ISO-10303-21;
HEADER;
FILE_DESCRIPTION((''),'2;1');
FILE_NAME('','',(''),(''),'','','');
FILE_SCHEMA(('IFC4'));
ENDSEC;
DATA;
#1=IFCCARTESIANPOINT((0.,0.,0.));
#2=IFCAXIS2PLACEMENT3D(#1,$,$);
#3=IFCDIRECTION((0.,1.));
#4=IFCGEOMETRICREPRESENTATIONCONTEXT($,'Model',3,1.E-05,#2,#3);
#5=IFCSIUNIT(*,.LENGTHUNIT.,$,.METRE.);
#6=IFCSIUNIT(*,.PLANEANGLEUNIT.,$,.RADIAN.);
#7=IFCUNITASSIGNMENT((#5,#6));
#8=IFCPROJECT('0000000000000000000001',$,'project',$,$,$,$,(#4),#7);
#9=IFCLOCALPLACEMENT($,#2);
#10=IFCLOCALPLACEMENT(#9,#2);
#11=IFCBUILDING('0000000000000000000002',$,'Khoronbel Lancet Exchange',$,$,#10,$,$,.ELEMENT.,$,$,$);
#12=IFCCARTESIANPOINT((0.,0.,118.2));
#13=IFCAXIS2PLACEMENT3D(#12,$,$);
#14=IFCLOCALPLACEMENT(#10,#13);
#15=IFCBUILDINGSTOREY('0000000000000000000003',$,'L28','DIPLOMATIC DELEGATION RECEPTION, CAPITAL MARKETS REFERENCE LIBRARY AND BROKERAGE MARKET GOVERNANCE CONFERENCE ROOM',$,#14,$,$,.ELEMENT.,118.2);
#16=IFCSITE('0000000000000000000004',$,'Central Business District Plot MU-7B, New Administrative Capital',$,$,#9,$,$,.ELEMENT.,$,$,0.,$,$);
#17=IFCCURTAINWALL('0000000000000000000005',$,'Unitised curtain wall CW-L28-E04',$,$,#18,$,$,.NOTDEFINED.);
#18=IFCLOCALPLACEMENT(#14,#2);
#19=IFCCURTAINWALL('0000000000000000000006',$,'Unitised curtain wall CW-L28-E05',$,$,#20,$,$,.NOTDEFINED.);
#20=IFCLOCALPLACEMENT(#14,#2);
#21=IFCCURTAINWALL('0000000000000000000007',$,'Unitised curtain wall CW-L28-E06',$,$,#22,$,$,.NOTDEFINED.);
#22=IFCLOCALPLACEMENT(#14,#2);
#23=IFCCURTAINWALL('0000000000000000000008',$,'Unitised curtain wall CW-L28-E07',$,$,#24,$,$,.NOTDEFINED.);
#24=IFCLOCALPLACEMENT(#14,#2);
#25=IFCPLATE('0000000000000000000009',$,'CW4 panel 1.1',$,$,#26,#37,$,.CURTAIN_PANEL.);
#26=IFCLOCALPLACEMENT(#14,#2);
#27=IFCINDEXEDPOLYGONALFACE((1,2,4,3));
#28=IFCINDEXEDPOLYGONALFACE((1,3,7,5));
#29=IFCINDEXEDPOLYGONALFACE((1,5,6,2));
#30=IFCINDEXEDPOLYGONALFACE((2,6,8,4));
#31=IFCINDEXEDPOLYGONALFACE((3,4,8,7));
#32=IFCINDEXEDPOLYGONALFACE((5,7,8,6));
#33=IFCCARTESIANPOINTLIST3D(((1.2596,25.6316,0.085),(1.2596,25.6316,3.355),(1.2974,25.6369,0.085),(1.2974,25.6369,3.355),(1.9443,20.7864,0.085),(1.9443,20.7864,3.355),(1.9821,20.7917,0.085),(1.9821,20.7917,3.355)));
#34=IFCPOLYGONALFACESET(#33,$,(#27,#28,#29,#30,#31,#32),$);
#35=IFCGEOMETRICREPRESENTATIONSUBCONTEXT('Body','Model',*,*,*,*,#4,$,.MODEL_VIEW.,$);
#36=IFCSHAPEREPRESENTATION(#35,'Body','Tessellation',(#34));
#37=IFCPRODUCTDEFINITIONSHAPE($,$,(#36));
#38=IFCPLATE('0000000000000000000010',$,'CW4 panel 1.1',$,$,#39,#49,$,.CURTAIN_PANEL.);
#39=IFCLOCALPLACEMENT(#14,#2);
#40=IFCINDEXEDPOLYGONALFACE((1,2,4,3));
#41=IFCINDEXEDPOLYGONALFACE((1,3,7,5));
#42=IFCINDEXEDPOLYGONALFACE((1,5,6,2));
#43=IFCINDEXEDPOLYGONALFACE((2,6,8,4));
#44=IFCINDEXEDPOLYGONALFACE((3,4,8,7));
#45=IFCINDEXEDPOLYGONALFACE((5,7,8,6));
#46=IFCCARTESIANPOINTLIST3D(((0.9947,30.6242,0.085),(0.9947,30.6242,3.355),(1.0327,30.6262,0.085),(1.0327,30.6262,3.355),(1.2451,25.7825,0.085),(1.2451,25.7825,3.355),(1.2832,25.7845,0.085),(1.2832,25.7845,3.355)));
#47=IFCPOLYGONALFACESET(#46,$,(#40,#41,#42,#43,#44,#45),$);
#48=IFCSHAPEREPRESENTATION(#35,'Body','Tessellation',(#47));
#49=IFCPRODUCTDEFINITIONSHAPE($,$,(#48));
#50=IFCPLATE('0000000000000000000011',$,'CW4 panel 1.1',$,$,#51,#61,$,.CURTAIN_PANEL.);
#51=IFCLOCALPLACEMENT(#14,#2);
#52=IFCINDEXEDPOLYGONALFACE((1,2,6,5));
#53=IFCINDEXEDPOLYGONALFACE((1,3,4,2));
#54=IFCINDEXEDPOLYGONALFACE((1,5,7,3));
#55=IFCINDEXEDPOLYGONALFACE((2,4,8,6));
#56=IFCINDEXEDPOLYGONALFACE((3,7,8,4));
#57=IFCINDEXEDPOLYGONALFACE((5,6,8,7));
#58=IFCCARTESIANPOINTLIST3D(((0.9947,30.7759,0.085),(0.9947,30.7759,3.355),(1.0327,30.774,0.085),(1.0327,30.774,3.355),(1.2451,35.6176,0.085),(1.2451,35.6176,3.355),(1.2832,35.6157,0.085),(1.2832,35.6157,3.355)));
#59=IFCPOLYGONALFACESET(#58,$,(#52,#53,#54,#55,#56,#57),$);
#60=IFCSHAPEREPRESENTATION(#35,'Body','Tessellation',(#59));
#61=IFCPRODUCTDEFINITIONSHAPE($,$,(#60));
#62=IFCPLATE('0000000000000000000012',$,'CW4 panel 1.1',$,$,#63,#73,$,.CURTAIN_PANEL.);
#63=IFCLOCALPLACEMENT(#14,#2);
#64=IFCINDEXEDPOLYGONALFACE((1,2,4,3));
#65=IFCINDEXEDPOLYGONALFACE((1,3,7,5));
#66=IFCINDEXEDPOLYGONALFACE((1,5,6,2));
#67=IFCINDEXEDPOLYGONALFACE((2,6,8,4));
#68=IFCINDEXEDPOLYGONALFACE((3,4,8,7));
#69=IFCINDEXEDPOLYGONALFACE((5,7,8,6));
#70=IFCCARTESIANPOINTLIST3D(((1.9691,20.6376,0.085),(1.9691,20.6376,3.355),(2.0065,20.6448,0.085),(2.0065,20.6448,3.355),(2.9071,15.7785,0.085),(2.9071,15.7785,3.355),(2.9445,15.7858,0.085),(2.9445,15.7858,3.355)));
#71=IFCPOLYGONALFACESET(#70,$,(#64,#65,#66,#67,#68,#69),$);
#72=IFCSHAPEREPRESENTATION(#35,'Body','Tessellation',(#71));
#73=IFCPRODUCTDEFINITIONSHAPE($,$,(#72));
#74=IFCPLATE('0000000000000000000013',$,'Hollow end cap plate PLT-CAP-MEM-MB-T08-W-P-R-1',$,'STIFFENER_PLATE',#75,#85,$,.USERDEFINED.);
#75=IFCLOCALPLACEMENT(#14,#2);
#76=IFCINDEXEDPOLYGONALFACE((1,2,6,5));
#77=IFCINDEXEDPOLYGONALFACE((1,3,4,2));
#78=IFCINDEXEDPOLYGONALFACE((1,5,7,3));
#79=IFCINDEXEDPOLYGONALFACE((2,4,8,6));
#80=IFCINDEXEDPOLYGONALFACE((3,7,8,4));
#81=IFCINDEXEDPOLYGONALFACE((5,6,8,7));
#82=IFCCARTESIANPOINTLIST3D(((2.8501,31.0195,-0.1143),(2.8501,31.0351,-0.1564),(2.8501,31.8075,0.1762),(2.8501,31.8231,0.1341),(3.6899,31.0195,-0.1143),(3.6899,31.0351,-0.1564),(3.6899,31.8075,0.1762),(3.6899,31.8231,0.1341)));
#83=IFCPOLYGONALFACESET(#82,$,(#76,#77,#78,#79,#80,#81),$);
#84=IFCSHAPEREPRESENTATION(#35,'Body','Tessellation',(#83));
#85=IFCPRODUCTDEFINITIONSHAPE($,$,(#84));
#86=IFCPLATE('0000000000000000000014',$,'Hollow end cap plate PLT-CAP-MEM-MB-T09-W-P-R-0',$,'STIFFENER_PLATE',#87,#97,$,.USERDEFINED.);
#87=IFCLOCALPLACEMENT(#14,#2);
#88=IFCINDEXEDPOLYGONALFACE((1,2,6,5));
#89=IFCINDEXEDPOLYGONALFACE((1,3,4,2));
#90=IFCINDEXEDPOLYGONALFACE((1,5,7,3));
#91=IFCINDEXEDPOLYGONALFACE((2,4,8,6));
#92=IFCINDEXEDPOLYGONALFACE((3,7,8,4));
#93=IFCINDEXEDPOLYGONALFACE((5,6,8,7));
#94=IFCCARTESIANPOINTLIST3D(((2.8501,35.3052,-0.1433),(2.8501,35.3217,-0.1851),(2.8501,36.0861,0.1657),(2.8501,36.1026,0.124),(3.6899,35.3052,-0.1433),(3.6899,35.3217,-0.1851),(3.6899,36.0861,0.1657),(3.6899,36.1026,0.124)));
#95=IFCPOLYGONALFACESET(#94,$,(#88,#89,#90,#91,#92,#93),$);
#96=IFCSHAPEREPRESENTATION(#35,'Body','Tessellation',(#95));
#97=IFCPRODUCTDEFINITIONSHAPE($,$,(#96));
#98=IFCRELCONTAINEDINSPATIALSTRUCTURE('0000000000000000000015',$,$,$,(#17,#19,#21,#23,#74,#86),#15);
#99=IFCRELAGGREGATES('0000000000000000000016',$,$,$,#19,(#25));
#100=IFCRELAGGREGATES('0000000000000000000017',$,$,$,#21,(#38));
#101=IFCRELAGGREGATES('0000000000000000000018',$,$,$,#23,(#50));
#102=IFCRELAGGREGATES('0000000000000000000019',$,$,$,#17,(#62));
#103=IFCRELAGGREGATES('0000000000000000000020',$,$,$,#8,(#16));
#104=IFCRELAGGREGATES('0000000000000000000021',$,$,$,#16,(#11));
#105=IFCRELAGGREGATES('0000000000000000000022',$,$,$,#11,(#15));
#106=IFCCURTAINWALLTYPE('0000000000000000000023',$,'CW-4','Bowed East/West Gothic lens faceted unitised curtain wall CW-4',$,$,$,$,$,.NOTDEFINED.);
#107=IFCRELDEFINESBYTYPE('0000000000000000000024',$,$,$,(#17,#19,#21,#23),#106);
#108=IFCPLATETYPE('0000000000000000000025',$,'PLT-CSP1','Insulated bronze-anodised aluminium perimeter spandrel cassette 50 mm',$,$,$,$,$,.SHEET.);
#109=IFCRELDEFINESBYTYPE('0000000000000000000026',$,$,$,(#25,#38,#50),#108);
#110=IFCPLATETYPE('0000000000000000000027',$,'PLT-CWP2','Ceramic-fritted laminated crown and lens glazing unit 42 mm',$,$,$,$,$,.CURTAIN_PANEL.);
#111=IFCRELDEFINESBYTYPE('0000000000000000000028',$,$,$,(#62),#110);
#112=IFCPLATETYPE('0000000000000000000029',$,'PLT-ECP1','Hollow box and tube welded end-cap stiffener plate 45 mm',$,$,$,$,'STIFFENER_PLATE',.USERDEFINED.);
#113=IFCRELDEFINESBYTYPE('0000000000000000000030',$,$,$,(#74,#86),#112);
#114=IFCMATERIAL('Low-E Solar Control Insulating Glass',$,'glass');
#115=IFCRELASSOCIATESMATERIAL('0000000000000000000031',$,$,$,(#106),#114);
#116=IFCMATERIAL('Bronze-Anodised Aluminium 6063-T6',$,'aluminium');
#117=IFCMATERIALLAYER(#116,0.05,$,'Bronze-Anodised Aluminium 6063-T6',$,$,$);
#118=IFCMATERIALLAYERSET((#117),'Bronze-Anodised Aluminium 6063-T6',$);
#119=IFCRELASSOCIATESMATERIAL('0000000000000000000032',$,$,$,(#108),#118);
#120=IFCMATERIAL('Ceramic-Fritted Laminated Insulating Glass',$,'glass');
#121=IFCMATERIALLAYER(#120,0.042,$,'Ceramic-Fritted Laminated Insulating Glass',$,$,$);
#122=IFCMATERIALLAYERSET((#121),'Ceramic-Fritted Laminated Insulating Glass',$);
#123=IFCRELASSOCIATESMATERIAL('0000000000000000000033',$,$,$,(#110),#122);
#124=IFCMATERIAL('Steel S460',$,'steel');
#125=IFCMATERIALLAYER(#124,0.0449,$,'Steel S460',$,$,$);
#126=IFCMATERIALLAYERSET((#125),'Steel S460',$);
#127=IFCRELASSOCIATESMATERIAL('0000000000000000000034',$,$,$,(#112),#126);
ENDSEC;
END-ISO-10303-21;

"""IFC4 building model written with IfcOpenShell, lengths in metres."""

from ifc_helpers import new_model, si_unit, direction, frame, origin, origin_2d, place, context, subcontext, project, spatial, polyline, rectangle, outline, extrude, material, layer, layer_set, type_object, element, aggregate, save


model = new_model("IFC4")

# Units and contexts
model_context = context("Model", 3, precision=1e-05, world=origin(), true_north=direction((0.0, 1.0)))
body_context = subcontext(model_context, "Body", "Model", "MODEL_VIEW")
ifc_project = project(units=[si_unit("LENGTHUNIT", "METRE"), si_unit("PLANEANGLEUNIT", "RADIAN")], contexts=[model_context])

# Site, building, storey
site_placement = place(None, origin())
site = spatial("IfcSite", under=ifc_project, at=site_placement, Name="Central Business District Plot MU-7B, New Administrative Capital", CompositionType="ELEMENT", RefElevation=0.0)
building_placement = place(site_placement, origin())
building = spatial("IfcBuilding", under=site, at=building_placement, Name="Khoronbel Lancet Exchange", CompositionType="ELEMENT")
storey_placement = place(building_placement, frame((0.0, 0.0, 118.2)))
storey = spatial("IfcBuildingStorey", under=building, at=storey_placement, Name="L28", Description="DIPLOMATIC DELEGATION RECEPTION, CAPITAL MARKETS REFERENCE LIBRARY AND BROKERAGE MARKET GOVERNANCE CONFERENCE ROOM", CompositionType="ELEMENT", Elevation=118.2)

# Curtain walls
ifc_material_1 = material(Name="Low-E Solar Control Insulating Glass", Category="glass")
curtain_wall_type = type_object("IfcCurtainWallType", Name="CW-4", Description="Bowed East/West Gothic lens faceted unitised curtain wall CW-4", PredefinedType="NOTDEFINED", material=ifc_material_1)
curtain_wall_1_placement = place(storey_placement, origin())
curtain_wall_1 = element("IfcCurtainWall", 1, at=curtain_wall_1_placement, inside=storey, type_object=curtain_wall_type, Name="Unitised curtain wall CW-L28-E04", PredefinedType="NOTDEFINED")
ifc_material_2 = material(Name="Bronze-Anodised Aluminium 6063-T6", Category="aluminium")
curtain_wall_2_placement = place(storey_placement, origin())
curtain_wall_2 = element("IfcCurtainWall", 2, at=curtain_wall_2_placement, inside=storey, type_object=curtain_wall_type, Name="Unitised curtain wall CW-L28-E05", PredefinedType="NOTDEFINED")
curtain_wall_3_placement = place(storey_placement, origin())
curtain_wall_3 = element("IfcCurtainWall", 3, at=curtain_wall_3_placement, inside=storey, type_object=curtain_wall_type, Name="Unitised curtain wall CW-L28-E06", PredefinedType="NOTDEFINED")
curtain_wall_4_placement = place(storey_placement, origin())
curtain_wall_4 = element("IfcCurtainWall", 4, at=curtain_wall_4_placement, inside=storey, type_object=curtain_wall_type, Name="Unitised curtain wall CW-L28-E07", PredefinedType="NOTDEFINED")

# Plates
ifc_layer_1 = layer(ifc_material_2, 0.05, Name="Bronze-Anodised Aluminium 6063-T6")
ifc_layer_set_1 = layer_set([ifc_layer_1], Name="Bronze-Anodised Aluminium 6063-T6")
plate_type_1 = type_object("IfcPlateType", Name="PLT-CSP1", Description="Insulated bronze-anodised aluminium perimeter spandrel cassette 50 mm", PredefinedType="SHEET", material=ifc_layer_set_1)
plate_1_placement = place(storey_placement, frame((1.6208, 23.2117, 0.085), z_axis=(0.0, 0.0, 1.0), x_axis=(-0.139925, 0.990162, 0.0)))
plate_1 = element("IfcPlate", 5, at=plate_1_placement, type_object=plate_type_1, Name="CW4 panel 1.1", PredefinedType="CURTAIN_PANEL", context=body_context, shape_type="SweptSolid", body=[
    extrude(rectangle(XDim=4.8933, YDim=0.0381, at=origin_2d()), origin(), (0.0, 0.0, 1.0), 3.27),
])
aggregate(curtain_wall_2, [plate_1])
plate_2_placement = place(storey_placement, frame((1.1389, 28.2043, 0.085), z_axis=(0.0, 0.0, 1.0), x_axis=(-0.05166, 0.998665, 0.0)))
plate_2 = element("IfcPlate", 6, at=plate_2_placement, type_object=plate_type_1, Name="CW4 panel 1.1", PredefinedType="CURTAIN_PANEL", context=body_context, shape_type="SweptSolid", body=[
    extrude(rectangle(XDim=4.8481, YDim=0.0381, at=origin_2d()), origin(), (0.0, 0.0, 1.0), 3.27),
])
aggregate(curtain_wall_3, [plate_2])
plate_3_placement = place(storey_placement, frame((1.1389, 33.1958, 0.085), z_axis=(0.0, 0.0, 1.0), x_axis=(0.05166, 0.998665, 0.0)))
plate_3 = element("IfcPlate", 7, at=plate_3_placement, type_object=plate_type_1, Name="CW4 panel 1.1", PredefinedType="CURTAIN_PANEL", context=body_context, shape_type="SweptSolid", body=[
    extrude(rectangle(XDim=4.8481, YDim=0.0381, at=origin_2d()), origin(), (0.0, 0.0, 1.0), 3.27),
])
aggregate(curtain_wall_4, [plate_3])
ifc_material_3 = material(Name="Ceramic-Fritted Laminated Insulating Glass", Category="glass")
ifc_layer_2 = layer(ifc_material_3, 0.042, Name="Ceramic-Fritted Laminated Insulating Glass")
ifc_layer_set_2 = layer_set([ifc_layer_2], Name="Ceramic-Fritted Laminated Insulating Glass")
plate_type_2 = type_object("IfcPlateType", Name="PLT-CWP2", Description="Ceramic-fritted laminated crown and lens glazing unit 42 mm", PredefinedType="CURTAIN_PANEL", material=ifc_layer_set_2)
plate_4_placement = place(storey_placement, frame((2.4568, 18.2117, 0.085), z_axis=(0.0, 0.0, 1.0), x_axis=(-0.189541, 0.981873, 0.0)))
plate_4 = element("IfcPlate", 8, at=plate_4_placement, type_object=plate_type_2, Name="CW4 panel 1.1", PredefinedType="CURTAIN_PANEL", context=body_context, shape_type="SweptSolid", body=[
    extrude(rectangle(XDim=4.9487, YDim=0.0381, at=origin_2d()), origin(), (0.0, 0.0, 1.0), 3.27),
])
aggregate(curtain_wall_1, [plate_4])

# Plates
ifc_material_4 = material(Name="Steel S460", Category="steel")
ifc_layer_3 = layer(ifc_material_4, 0.0449, Name="Steel S460")
ifc_layer_set_3 = layer_set([ifc_layer_3], Name="Steel S460")
plate_type_3 = type_object("IfcPlateType", Name="PLT-ECP1", Description="Hollow box and tube welded end-cap stiffener plate 45 mm", ElementType="STIFFENER_PLATE", PredefinedType="USERDEFINED", material=ifc_layer_set_3)
for number, where, z_axis, x_axis, name in (
    (9, (2.8501, 31.0195, -0.1143), (0.0, -0.345894, 0.938274), (1.0, 0.0, 0.0), "Hollow end cap plate PLT-CAP-MEM-MB-T08-W-P-R-1"),
    (10, (2.8501, 35.3052, -0.1433), (0.0, -0.36798, 0.929834), (1.0, 0.0, 0.0), "Hollow end cap plate PLT-CAP-MEM-MB-T09-W-P-R-0"),
):
    element("IfcPlate", number, at=place(storey_placement, frame(where, z_axis=z_axis, x_axis=x_axis)), inside=storey, type_object=plate_type_3, Name=name, ObjectType="STIFFENER_PLATE", PredefinedType="USERDEFINED", context=body_context, shape_type="SweptSolid", body=[
        extrude(outline(polyline([(0.0, 0.0), (0.8398, 0.0), (0.8398, 0.8398), (0.0, 0.8398), (0.0, 0.0)])), origin(), (0.0, 0.0, -1.0), 0.0449),
    ])

save(model, "model.ifc")
